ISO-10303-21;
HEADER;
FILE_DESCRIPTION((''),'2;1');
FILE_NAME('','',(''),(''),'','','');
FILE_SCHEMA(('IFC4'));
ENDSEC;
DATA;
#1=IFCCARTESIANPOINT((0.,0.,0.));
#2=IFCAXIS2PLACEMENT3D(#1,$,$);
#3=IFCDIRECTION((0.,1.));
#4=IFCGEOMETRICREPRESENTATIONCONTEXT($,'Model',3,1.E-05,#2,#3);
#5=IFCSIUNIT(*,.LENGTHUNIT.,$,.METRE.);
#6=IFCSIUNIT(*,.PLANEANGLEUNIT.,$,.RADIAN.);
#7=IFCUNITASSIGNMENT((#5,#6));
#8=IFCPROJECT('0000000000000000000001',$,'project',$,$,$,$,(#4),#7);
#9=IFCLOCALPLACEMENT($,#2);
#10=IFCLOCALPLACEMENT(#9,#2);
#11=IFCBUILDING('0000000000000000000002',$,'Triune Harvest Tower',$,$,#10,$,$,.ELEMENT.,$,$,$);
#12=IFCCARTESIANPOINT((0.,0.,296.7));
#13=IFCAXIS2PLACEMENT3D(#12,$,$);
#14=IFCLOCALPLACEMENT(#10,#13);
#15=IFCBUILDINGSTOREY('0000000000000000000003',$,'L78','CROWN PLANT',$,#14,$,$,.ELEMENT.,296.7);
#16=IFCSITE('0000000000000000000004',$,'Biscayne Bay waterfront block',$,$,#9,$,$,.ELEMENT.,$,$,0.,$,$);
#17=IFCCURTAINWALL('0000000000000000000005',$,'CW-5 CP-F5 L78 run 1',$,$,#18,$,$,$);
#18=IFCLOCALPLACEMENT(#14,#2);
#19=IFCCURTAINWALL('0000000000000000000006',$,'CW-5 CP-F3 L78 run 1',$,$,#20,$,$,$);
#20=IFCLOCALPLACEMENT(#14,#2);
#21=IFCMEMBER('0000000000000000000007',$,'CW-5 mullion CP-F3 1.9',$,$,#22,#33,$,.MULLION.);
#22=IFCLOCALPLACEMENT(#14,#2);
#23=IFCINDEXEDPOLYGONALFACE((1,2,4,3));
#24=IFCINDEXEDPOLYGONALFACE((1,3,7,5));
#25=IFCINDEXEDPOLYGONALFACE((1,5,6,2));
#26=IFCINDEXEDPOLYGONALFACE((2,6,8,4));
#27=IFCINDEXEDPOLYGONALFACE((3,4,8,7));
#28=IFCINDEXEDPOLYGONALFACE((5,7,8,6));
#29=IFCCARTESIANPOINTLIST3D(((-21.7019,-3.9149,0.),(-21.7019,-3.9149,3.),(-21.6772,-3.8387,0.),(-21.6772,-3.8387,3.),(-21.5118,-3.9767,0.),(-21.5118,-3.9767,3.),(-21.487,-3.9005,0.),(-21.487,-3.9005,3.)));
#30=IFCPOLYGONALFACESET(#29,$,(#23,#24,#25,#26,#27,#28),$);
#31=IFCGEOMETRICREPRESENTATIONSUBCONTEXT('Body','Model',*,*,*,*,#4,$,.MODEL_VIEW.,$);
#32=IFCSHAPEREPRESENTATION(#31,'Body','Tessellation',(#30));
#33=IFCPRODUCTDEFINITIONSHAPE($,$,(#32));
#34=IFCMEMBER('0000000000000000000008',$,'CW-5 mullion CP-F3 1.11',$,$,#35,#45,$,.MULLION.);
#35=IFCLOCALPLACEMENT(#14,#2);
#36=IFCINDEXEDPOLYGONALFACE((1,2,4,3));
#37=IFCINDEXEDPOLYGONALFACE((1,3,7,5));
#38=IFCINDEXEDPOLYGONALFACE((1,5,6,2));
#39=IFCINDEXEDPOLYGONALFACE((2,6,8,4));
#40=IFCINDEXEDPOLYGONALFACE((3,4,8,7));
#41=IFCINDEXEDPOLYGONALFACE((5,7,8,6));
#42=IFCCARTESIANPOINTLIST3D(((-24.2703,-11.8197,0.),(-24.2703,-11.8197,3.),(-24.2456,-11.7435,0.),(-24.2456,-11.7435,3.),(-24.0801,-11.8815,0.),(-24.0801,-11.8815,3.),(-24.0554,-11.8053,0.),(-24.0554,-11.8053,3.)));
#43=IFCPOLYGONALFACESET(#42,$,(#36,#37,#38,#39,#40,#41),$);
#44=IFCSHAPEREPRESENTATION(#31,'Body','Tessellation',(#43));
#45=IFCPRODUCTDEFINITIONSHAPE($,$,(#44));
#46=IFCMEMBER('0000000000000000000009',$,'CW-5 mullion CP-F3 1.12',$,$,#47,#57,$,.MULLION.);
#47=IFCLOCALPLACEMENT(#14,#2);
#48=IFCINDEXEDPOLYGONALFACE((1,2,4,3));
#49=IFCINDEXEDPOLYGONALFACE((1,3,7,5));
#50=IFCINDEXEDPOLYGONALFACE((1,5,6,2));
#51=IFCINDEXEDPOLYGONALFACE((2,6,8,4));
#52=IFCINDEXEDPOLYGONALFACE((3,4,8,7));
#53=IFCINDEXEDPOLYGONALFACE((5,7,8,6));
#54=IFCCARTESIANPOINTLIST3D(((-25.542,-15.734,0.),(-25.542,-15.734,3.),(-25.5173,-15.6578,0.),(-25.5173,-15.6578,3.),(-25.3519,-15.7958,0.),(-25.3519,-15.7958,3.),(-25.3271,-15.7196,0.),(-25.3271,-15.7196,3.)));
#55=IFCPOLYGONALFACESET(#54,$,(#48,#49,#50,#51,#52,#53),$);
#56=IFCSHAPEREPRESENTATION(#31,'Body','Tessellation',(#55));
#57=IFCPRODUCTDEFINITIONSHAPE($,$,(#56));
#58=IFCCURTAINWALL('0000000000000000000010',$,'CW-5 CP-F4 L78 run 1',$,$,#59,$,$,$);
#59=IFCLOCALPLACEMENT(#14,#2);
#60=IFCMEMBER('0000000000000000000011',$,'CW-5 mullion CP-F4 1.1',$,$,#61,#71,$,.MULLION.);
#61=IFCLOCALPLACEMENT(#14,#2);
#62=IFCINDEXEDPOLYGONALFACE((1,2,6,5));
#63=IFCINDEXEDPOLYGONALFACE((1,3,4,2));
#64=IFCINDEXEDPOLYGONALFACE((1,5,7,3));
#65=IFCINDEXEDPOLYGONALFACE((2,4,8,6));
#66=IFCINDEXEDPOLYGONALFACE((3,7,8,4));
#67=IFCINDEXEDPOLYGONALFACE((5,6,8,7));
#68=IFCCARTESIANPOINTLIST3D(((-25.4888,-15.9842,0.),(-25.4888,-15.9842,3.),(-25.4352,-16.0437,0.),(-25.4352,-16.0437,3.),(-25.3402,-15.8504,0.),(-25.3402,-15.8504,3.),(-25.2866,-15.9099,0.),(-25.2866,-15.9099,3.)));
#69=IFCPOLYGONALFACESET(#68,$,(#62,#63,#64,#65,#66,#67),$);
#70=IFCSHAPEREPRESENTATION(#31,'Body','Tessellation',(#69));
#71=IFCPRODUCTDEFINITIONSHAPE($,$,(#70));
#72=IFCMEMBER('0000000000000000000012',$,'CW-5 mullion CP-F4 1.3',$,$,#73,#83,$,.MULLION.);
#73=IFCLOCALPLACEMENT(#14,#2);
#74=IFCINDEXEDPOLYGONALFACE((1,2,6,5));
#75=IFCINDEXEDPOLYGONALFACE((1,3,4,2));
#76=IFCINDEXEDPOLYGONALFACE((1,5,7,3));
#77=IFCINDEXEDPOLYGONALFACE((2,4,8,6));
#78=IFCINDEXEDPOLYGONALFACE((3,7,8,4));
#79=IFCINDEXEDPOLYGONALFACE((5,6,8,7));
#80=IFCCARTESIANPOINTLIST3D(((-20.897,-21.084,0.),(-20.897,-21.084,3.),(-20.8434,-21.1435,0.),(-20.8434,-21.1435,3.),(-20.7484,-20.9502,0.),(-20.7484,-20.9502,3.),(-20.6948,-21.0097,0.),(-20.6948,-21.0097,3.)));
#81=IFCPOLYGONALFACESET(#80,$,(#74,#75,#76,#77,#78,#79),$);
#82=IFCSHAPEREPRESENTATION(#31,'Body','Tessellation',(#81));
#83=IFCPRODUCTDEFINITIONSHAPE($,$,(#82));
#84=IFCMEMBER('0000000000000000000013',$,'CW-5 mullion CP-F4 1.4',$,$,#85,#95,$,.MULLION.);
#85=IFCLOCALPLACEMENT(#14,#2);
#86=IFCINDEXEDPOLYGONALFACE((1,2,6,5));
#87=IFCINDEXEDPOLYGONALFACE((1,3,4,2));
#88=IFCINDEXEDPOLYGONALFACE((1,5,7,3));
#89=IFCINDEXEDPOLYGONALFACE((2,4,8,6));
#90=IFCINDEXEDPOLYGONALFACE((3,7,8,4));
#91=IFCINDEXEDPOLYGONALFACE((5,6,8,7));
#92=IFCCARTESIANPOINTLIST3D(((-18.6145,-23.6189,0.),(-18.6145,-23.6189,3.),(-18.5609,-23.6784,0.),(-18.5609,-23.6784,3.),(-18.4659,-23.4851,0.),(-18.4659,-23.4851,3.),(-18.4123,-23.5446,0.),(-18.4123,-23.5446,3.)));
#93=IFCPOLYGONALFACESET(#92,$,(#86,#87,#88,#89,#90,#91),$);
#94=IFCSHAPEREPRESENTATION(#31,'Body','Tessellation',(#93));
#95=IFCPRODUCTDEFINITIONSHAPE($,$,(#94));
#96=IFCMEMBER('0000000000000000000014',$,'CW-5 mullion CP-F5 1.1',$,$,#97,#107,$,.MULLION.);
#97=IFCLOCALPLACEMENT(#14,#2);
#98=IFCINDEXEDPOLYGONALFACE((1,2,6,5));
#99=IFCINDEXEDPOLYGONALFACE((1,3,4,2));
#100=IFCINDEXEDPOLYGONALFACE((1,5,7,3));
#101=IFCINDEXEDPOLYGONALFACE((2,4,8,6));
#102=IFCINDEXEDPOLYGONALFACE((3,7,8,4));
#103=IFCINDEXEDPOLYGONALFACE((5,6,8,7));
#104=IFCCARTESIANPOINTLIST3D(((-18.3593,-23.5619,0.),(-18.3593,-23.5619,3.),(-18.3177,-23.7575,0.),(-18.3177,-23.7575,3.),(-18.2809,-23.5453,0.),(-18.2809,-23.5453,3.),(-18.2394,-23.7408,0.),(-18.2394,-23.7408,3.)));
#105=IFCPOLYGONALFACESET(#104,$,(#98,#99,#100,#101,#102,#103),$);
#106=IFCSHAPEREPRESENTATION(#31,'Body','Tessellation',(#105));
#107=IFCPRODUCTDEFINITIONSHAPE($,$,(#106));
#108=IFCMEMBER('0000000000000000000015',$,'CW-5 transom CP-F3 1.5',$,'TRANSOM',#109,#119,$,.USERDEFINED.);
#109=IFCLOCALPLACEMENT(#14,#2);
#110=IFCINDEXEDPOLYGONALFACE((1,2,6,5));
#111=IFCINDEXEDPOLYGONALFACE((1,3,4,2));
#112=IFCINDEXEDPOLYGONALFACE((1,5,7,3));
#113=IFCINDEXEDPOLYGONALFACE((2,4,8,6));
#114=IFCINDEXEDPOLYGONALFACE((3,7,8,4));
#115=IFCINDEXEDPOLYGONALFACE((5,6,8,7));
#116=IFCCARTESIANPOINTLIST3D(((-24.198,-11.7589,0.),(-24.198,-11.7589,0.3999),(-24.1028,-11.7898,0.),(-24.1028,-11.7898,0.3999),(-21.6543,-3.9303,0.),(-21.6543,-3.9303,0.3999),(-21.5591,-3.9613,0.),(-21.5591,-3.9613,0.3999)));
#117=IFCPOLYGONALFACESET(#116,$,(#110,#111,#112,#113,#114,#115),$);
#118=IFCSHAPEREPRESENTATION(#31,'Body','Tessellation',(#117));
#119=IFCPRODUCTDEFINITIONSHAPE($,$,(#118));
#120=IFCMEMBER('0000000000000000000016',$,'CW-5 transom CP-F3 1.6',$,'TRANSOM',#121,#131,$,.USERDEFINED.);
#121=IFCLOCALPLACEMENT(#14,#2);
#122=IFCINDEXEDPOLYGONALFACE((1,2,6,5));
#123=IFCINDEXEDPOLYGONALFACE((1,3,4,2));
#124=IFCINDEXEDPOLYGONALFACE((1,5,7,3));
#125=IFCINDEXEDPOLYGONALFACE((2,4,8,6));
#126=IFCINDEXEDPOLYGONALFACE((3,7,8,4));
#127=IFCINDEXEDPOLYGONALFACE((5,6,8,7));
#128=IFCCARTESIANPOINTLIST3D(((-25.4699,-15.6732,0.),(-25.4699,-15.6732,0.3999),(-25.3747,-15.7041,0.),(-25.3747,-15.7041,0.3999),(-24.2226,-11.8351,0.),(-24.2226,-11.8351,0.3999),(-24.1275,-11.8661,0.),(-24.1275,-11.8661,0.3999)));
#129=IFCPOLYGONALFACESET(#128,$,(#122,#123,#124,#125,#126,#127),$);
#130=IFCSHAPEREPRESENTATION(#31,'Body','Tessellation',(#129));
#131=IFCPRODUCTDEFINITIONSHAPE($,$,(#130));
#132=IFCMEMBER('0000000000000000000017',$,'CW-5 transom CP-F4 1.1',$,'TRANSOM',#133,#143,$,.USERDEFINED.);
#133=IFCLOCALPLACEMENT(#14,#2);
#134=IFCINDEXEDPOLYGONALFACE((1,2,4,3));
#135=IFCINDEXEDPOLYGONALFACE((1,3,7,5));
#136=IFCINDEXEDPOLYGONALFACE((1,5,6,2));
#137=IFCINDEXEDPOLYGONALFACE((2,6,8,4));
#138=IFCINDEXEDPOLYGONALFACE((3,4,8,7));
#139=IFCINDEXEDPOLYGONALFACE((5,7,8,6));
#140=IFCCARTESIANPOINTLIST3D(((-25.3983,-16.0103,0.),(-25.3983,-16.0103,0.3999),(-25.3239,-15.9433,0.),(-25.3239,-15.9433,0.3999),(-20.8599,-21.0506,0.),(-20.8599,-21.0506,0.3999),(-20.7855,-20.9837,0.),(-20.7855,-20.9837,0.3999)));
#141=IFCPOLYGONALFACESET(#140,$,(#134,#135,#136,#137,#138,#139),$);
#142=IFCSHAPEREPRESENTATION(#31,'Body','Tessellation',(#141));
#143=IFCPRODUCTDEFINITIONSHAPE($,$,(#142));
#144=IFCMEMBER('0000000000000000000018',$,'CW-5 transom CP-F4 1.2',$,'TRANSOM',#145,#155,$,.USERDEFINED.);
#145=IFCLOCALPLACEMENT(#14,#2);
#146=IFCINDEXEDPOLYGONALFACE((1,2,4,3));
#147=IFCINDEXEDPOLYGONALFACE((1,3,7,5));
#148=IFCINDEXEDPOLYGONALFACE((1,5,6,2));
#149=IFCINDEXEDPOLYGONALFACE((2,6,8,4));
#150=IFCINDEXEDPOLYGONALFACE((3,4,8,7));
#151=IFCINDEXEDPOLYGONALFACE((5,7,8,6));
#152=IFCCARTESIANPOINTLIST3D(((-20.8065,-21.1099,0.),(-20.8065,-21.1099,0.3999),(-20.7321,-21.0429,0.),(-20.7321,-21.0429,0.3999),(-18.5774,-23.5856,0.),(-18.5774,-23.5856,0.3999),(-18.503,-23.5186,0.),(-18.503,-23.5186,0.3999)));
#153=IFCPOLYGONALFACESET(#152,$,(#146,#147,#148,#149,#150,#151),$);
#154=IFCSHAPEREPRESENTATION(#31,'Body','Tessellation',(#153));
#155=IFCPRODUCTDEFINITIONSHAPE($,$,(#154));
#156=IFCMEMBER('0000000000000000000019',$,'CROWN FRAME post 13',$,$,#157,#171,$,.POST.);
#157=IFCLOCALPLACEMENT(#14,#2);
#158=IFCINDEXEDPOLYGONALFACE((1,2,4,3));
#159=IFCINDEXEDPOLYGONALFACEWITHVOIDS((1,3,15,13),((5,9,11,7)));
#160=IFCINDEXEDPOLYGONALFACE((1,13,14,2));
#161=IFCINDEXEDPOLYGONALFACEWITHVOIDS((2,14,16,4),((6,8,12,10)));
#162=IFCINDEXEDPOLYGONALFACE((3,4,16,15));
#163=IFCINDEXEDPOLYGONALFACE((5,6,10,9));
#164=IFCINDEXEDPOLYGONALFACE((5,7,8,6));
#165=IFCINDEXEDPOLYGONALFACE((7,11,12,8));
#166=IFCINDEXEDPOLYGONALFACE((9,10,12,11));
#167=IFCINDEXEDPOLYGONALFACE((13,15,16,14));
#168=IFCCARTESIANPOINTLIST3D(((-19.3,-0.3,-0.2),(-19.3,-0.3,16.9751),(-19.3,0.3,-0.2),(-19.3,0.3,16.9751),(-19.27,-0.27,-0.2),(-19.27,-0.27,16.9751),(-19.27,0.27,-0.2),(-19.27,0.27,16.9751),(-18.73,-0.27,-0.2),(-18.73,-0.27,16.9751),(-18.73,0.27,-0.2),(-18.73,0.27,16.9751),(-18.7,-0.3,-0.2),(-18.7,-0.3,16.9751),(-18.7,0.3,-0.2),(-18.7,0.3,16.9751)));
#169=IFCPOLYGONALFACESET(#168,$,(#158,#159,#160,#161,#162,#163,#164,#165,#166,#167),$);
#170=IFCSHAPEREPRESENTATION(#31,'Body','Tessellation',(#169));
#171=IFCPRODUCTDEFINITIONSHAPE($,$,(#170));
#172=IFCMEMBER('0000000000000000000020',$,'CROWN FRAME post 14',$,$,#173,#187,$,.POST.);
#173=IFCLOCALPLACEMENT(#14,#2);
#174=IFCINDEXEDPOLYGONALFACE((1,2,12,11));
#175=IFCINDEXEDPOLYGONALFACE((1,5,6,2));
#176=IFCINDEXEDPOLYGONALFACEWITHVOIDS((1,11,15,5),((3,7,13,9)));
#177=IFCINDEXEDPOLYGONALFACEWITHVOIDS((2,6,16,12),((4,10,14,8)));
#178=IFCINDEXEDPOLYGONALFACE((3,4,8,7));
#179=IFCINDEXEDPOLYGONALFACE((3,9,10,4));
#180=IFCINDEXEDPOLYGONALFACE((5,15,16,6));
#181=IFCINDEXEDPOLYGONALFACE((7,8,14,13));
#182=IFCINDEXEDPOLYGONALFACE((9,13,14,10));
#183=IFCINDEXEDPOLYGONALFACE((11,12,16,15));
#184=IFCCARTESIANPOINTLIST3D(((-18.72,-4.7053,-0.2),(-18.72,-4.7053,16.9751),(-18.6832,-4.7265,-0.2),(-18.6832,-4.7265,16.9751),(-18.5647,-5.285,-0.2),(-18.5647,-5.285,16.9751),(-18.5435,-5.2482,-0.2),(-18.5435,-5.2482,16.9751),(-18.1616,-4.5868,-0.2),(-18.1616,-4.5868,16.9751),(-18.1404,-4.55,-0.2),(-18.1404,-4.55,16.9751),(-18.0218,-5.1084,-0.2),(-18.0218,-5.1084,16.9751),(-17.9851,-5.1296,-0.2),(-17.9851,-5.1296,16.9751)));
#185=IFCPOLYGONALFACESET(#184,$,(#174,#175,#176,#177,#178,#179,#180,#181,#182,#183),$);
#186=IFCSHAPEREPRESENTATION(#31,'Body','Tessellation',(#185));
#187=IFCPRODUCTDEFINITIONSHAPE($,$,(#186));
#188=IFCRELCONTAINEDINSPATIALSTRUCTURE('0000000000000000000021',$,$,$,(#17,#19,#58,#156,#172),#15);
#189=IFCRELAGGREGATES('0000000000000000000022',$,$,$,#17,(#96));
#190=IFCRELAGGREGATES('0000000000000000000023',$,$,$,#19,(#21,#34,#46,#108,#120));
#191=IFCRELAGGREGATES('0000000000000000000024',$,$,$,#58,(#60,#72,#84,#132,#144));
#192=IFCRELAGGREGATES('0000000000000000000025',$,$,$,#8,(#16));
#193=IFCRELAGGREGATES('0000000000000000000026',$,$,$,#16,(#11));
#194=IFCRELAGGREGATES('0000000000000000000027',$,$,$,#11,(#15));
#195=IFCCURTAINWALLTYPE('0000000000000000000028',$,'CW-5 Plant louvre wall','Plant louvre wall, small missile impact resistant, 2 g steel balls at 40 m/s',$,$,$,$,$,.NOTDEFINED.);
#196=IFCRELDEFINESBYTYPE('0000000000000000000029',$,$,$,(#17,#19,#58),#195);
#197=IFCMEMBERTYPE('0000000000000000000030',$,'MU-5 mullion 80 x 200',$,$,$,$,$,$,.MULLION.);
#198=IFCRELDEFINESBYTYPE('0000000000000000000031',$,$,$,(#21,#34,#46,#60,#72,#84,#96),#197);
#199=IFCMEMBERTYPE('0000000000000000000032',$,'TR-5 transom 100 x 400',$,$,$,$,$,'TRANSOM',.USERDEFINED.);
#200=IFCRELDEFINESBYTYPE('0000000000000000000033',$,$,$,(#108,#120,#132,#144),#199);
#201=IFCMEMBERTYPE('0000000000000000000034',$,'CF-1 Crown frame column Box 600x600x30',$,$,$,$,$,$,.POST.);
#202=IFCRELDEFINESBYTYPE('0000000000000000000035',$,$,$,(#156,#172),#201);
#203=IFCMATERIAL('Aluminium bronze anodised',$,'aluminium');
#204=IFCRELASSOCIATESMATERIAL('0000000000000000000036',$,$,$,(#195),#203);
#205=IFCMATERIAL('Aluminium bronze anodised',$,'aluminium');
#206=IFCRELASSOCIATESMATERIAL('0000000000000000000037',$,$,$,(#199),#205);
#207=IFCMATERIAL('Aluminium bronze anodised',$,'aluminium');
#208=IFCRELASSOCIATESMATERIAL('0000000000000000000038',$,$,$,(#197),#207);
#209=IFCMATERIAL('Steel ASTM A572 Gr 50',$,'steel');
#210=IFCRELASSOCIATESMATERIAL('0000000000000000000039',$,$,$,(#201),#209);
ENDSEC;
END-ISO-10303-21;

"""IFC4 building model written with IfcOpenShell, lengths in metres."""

from ifc_helpers import new_model, si_unit, direction, frame, origin, origin_2d, place, context, subcontext, project, spatial, rectangle, hollow_rectangle, extrude, source, transform, mapped, material, material_profile, profile_set, type_object, element, aggregate, save


model = new_model("IFC4")

# Units and contexts
model_context = context("Model", 3, precision=1e-05, world=origin(), true_north=direction((0.0, 1.0)))
body_context = subcontext(model_context, "Body", "Model", "MODEL_VIEW")
ifc_project = project(units=[si_unit("LENGTHUNIT", "METRE"), si_unit("PLANEANGLEUNIT", "RADIAN")], contexts=[model_context])

# Site, building, storey
site_placement = place(None, origin())
site = spatial("IfcSite", under=ifc_project, at=site_placement, Name="Biscayne Bay waterfront block", CompositionType="ELEMENT", RefElevation=0.0)
building_placement = place(site_placement, origin())
building = spatial("IfcBuilding", under=site, at=building_placement, Name="Triune Harvest Tower", CompositionType="ELEMENT")
storey_placement = place(building_placement, frame((0.0, 0.0, 296.7)))
storey = spatial("IfcBuildingStorey", under=building, at=storey_placement, Name="L78", Description="CROWN PLANT", CompositionType="ELEMENT", Elevation=296.7)

# Curtain wall
ifc_material_1 = material(Name="Aluminium bronze anodised", Category="aluminium")
curtain_wall_type = type_object("IfcCurtainWallType", Name="CW-5 Plant louvre wall", Description="Plant louvre wall, small missile impact resistant, 2 g steel balls at 40 m/s", PredefinedType="NOTDEFINED", material=ifc_material_1)
curtain_wall_1_placement = place(storey_placement, origin())
curtain_wall_1 = element("IfcCurtainWall", 1, at=curtain_wall_1_placement, inside=storey, type_object=curtain_wall_type, Name="CW-5 CP-F5 L78 run 1")
ifc_material_2 = material(Name="Aluminium bronze anodised", Category="aluminium")
ifc_material_profile_1 = material_profile(ifc_material_2, rectangle(XDim=0.1001, YDim=0.3999, at=origin_2d()), Name="TR-5 transom 100 x 400")
ifc_profile_set_1 = profile_set([ifc_material_profile_1], Name="Aluminium bronze anodised")
member_type_1 = type_object("IfcMemberType", Name="TR-5 transom 100 x 400", ElementType="TRANSOM", PredefinedType="USERDEFINED", material=ifc_profile_set_1)

# Curtain walls, members
curtain_wall_2_placement = place(storey_placement, origin())
curtain_wall_2 = element("IfcCurtainWall", 2, at=curtain_wall_2_placement, inside=storey, type_object=curtain_wall_type, Name="CW-5 CP-F3 L78 run 1")
ifc_material_3 = material(Name="Aluminium bronze anodised", Category="aluminium")
ifc_material_profile_2 = material_profile(ifc_material_3, rectangle(XDim=0.2, YDim=0.0801, at=origin_2d()), Name="MU-5 mullion 80 x 200")
ifc_profile_set_2 = profile_set([ifc_material_profile_2], Name="Aluminium bronze anodised")
member_type_2 = type_object("IfcMemberType", Name="MU-5 mullion 80 x 200", PredefinedType="MULLION", material=ifc_profile_set_2)
shared_shape_1 = source(origin(), body_context, "Body", "SweptSolid", [
    extrude(rectangle(XDim=0.2, YDim=0.0801, at=origin_2d()), origin(), (0.0, 0.0, 1.0), 3.0),
])
member_1_placement = place(storey_placement, frame((-21.5945, -3.9077, 0.0), z_axis=(0.0, 0.0, 1.0), x_axis=(0.951057, -0.309016, 0.0)))
member_1 = element("IfcMember", 3, at=member_1_placement, type_object=member_type_2, Name="CW-5 mullion CP-F3 1.9", PredefinedType="MULLION", context=body_context, shape_type="MappedRepresentation", body=[
    mapped(shared_shape_1, transform((0.0, 0.0, 0.0), scale=1.0)),
])
member_2_placement = place(storey_placement, frame((-24.1628, -11.8125, 0.0), z_axis=(0.0, 0.0, 1.0), x_axis=(0.951057, -0.309016, 0.0)))
member_2 = element("IfcMember", 4, at=member_2_placement, type_object=member_type_2, Name="CW-5 mullion CP-F3 1.11", PredefinedType="MULLION", context=body_context, shape_type="MappedRepresentation", body=[
    mapped(shared_shape_1, transform((0.0, 0.0, 0.0), scale=1.0)),
])
member_3_placement = place(storey_placement, frame((-25.4346, -15.7268, 0.0), z_axis=(0.0, 0.0, 1.0), x_axis=(0.951057, -0.309016, 0.0)))
member_3 = element("IfcMember", 5, at=member_3_placement, type_object=member_type_2, Name="CW-5 mullion CP-F3 1.12", PredefinedType="MULLION", context=body_context, shape_type="MappedRepresentation", body=[
    mapped(shared_shape_1, transform((0.0, 0.0, 0.0), scale=1.0)),
])
curtain_wall_3_placement = place(storey_placement, origin())
curtain_wall_3 = element("IfcCurtainWall", 6, at=curtain_wall_3_placement, inside=storey, type_object=curtain_wall_type, Name="CW-5 CP-F4 L78 run 1")
member_4_placement = place(storey_placement, frame((-25.3877, -15.947, 0.0), z_axis=(0.0, 0.0, 1.0), x_axis=(0.743144, 0.669132, 0.0)))
member_4 = element("IfcMember", 7, at=member_4_placement, type_object=member_type_2, Name="CW-5 mullion CP-F4 1.1", PredefinedType="MULLION", context=body_context, shape_type="MappedRepresentation", body=[
    mapped(shared_shape_1, transform((0.0, 0.0, 0.0), scale=1.0)),
])
member_5_placement = place(storey_placement, frame((-20.7959, -21.0469, 0.0), z_axis=(0.0, 0.0, 1.0), x_axis=(0.743144, 0.669132, 0.0)))
member_5 = element("IfcMember", 8, at=member_5_placement, type_object=member_type_2, Name="CW-5 mullion CP-F4 1.3", PredefinedType="MULLION", context=body_context, shape_type="MappedRepresentation", body=[
    mapped(shared_shape_1, transform((0.0, 0.0, 0.0), scale=1.0)),
])
member_6_placement = place(storey_placement, frame((-18.5134, -23.5818, 0.0), z_axis=(0.0, 0.0, 1.0), x_axis=(0.743144, 0.669132, 0.0)))
member_6 = element("IfcMember", 9, at=member_6_placement, type_object=member_type_2, Name="CW-5 mullion CP-F4 1.4", PredefinedType="MULLION", context=body_context, shape_type="MappedRepresentation", body=[
    mapped(shared_shape_1, transform((0.0, 0.0, 0.0), scale=1.0)),
])

# Members
member_7_placement = place(storey_placement, frame((-18.2993, -23.6514, 0.0), z_axis=(0.0, 0.0, 1.0), x_axis=(-0.207911, 0.978148, 0.0)))
member_7 = element("IfcMember", 10, at=member_7_placement, type_object=member_type_2, Name="CW-5 mullion CP-F5 1.1", PredefinedType="MULLION", context=body_context, shape_type="MappedRepresentation", body=[
    mapped(shared_shape_1, transform((0.0, 0.0, 0.0), scale=1.0)),
])
aggregate(curtain_wall_1, [member_7])
shared_shape_2 = source(origin(), body_context, "Body", "SweptSolid", [
    extrude(rectangle(XDim=0.1001, YDim=0.3999, at=origin_2d()), origin(), (0.0, 0.0, 1.0), 8.2314),
])
member_8_placement = place(storey_placement, frame((-21.6067, -3.9458, 0.2), z_axis=(-0.30902, -0.951055, 0.0), x_axis=(0.951055, -0.30902, 0.0)))
member_8 = element("IfcMember", 11, at=member_8_placement, type_object=member_type_1, Name="CW-5 transom CP-F3 1.5", ObjectType="TRANSOM", PredefinedType="USERDEFINED", context=body_context, shape_type="MappedRepresentation", body=[
    mapped(shared_shape_2, transform((0.0, 0.0, 0.0), scale=1.0)),
])
shared_shape_3 = source(origin(), body_context, "Body", "SweptSolid", [
    extrude(rectangle(XDim=0.1001, YDim=0.3999, at=origin_2d()), origin(), (0.0, 0.0, 1.0), 4.0356),
])
member_9_placement = place(storey_placement, frame((-24.175, -11.8506, 0.2), z_axis=(-0.309068, -0.95104, 0.0), x_axis=(0.95104, -0.309068, 0.0)))
member_9 = element("IfcMember", 12, at=member_9_placement, type_object=member_type_1, Name="CW-5 transom CP-F3 1.6", ObjectType="TRANSOM", PredefinedType="USERDEFINED", context=body_context, shape_type="MappedRepresentation", body=[
    mapped(shared_shape_3, transform((0.0, 0.0, 0.0), scale=1.0)),
])
shared_shape_4 = source(origin(), body_context, "Body", "SweptSolid", [
    extrude(rectangle(XDim=0.1001, YDim=0.3999, at=origin_2d()), origin(), (0.0, 0.0, 1.0), 6.7825),
])
member_10_placement = place(storey_placement, frame((-25.3611, -15.9768, 0.2), z_axis=(0.669134, -0.743142, 0.0), x_axis=(0.743142, 0.669134, 0.0)))
member_10 = element("IfcMember", 13, at=member_10_placement, type_object=member_type_1, Name="CW-5 transom CP-F4 1.1", ObjectType="TRANSOM", PredefinedType="USERDEFINED", context=body_context, shape_type="MappedRepresentation", body=[
    mapped(shared_shape_4, transform((0.0, 0.0, 0.0), scale=1.0)),
])
shared_shape_5 = source(origin(), body_context, "Body", "SweptSolid", [
    extrude(rectangle(XDim=0.1001, YDim=0.3999, at=origin_2d()), origin(), (0.0, 0.0, 1.0), 3.3313),
])
member_11_placement = place(storey_placement, frame((-20.7693, -21.0764, 0.2), z_axis=(0.669127, -0.743148, 0.0), x_axis=(0.743148, 0.669127, 0.0)))
member_11 = element("IfcMember", 14, at=member_11_placement, type_object=member_type_1, Name="CW-5 transom CP-F4 1.2", ObjectType="TRANSOM", PredefinedType="USERDEFINED", context=body_context, shape_type="MappedRepresentation", body=[
    mapped(shared_shape_5, transform((0.0, 0.0, 0.0), scale=1.0)),
])

# Members
ifc_material_4 = material(Name="Steel ASTM A572 Gr 50", Category="steel")
ifc_material_profile_3 = material_profile(ifc_material_4, hollow_rectangle(XDim=0.6001, YDim=0.6001, WallThickness=0.03, at=origin_2d()), Name="Box 600x600x30")
ifc_profile_set_3 = profile_set([ifc_material_profile_3], Name="Steel ASTM A572 Gr 50")
member_type_3 = type_object("IfcMemberType", Name="CF-1 Crown frame column Box 600x600x30", PredefinedType="POST", material=ifc_profile_set_3)
shared_shape_6 = source(origin(), body_context, "Body", "SweptSolid", [
    extrude(hollow_rectangle(XDim=0.6001, YDim=0.6001, WallThickness=0.03, at=origin_2d()), origin(), (0.0, 0.0, 1.0), 17.175),
])
for number, where, z_axis, x_axis, name in (
    (15, (-19.0, 0.0, -0.2), (0.0, 0.0, 1.0), (0.0, -1.0, 0.0), "CROWN FRAME post 13"),
    (16, (-18.3525, -4.9175, -0.2), (0.0, 0.0, 1.0), (0.258819, -0.965926, 0.0), "CROWN FRAME post 14"),
):
    element("IfcMember", number, at=place(storey_placement, frame(where, z_axis=z_axis, x_axis=x_axis)), inside=storey, type_object=member_type_3, Name=name, PredefinedType="POST", context=body_context, shape_type="MappedRepresentation", body=[
        mapped(shared_shape_6, transform((0.0, 0.0, 0.0), scale=1.0)),
    ])

aggregate(curtain_wall_2, [member_1, member_2, member_3, member_8, member_9])
aggregate(curtain_wall_3, [member_4, member_5, member_6, member_10, member_11])

save(model, "model.ifc")
